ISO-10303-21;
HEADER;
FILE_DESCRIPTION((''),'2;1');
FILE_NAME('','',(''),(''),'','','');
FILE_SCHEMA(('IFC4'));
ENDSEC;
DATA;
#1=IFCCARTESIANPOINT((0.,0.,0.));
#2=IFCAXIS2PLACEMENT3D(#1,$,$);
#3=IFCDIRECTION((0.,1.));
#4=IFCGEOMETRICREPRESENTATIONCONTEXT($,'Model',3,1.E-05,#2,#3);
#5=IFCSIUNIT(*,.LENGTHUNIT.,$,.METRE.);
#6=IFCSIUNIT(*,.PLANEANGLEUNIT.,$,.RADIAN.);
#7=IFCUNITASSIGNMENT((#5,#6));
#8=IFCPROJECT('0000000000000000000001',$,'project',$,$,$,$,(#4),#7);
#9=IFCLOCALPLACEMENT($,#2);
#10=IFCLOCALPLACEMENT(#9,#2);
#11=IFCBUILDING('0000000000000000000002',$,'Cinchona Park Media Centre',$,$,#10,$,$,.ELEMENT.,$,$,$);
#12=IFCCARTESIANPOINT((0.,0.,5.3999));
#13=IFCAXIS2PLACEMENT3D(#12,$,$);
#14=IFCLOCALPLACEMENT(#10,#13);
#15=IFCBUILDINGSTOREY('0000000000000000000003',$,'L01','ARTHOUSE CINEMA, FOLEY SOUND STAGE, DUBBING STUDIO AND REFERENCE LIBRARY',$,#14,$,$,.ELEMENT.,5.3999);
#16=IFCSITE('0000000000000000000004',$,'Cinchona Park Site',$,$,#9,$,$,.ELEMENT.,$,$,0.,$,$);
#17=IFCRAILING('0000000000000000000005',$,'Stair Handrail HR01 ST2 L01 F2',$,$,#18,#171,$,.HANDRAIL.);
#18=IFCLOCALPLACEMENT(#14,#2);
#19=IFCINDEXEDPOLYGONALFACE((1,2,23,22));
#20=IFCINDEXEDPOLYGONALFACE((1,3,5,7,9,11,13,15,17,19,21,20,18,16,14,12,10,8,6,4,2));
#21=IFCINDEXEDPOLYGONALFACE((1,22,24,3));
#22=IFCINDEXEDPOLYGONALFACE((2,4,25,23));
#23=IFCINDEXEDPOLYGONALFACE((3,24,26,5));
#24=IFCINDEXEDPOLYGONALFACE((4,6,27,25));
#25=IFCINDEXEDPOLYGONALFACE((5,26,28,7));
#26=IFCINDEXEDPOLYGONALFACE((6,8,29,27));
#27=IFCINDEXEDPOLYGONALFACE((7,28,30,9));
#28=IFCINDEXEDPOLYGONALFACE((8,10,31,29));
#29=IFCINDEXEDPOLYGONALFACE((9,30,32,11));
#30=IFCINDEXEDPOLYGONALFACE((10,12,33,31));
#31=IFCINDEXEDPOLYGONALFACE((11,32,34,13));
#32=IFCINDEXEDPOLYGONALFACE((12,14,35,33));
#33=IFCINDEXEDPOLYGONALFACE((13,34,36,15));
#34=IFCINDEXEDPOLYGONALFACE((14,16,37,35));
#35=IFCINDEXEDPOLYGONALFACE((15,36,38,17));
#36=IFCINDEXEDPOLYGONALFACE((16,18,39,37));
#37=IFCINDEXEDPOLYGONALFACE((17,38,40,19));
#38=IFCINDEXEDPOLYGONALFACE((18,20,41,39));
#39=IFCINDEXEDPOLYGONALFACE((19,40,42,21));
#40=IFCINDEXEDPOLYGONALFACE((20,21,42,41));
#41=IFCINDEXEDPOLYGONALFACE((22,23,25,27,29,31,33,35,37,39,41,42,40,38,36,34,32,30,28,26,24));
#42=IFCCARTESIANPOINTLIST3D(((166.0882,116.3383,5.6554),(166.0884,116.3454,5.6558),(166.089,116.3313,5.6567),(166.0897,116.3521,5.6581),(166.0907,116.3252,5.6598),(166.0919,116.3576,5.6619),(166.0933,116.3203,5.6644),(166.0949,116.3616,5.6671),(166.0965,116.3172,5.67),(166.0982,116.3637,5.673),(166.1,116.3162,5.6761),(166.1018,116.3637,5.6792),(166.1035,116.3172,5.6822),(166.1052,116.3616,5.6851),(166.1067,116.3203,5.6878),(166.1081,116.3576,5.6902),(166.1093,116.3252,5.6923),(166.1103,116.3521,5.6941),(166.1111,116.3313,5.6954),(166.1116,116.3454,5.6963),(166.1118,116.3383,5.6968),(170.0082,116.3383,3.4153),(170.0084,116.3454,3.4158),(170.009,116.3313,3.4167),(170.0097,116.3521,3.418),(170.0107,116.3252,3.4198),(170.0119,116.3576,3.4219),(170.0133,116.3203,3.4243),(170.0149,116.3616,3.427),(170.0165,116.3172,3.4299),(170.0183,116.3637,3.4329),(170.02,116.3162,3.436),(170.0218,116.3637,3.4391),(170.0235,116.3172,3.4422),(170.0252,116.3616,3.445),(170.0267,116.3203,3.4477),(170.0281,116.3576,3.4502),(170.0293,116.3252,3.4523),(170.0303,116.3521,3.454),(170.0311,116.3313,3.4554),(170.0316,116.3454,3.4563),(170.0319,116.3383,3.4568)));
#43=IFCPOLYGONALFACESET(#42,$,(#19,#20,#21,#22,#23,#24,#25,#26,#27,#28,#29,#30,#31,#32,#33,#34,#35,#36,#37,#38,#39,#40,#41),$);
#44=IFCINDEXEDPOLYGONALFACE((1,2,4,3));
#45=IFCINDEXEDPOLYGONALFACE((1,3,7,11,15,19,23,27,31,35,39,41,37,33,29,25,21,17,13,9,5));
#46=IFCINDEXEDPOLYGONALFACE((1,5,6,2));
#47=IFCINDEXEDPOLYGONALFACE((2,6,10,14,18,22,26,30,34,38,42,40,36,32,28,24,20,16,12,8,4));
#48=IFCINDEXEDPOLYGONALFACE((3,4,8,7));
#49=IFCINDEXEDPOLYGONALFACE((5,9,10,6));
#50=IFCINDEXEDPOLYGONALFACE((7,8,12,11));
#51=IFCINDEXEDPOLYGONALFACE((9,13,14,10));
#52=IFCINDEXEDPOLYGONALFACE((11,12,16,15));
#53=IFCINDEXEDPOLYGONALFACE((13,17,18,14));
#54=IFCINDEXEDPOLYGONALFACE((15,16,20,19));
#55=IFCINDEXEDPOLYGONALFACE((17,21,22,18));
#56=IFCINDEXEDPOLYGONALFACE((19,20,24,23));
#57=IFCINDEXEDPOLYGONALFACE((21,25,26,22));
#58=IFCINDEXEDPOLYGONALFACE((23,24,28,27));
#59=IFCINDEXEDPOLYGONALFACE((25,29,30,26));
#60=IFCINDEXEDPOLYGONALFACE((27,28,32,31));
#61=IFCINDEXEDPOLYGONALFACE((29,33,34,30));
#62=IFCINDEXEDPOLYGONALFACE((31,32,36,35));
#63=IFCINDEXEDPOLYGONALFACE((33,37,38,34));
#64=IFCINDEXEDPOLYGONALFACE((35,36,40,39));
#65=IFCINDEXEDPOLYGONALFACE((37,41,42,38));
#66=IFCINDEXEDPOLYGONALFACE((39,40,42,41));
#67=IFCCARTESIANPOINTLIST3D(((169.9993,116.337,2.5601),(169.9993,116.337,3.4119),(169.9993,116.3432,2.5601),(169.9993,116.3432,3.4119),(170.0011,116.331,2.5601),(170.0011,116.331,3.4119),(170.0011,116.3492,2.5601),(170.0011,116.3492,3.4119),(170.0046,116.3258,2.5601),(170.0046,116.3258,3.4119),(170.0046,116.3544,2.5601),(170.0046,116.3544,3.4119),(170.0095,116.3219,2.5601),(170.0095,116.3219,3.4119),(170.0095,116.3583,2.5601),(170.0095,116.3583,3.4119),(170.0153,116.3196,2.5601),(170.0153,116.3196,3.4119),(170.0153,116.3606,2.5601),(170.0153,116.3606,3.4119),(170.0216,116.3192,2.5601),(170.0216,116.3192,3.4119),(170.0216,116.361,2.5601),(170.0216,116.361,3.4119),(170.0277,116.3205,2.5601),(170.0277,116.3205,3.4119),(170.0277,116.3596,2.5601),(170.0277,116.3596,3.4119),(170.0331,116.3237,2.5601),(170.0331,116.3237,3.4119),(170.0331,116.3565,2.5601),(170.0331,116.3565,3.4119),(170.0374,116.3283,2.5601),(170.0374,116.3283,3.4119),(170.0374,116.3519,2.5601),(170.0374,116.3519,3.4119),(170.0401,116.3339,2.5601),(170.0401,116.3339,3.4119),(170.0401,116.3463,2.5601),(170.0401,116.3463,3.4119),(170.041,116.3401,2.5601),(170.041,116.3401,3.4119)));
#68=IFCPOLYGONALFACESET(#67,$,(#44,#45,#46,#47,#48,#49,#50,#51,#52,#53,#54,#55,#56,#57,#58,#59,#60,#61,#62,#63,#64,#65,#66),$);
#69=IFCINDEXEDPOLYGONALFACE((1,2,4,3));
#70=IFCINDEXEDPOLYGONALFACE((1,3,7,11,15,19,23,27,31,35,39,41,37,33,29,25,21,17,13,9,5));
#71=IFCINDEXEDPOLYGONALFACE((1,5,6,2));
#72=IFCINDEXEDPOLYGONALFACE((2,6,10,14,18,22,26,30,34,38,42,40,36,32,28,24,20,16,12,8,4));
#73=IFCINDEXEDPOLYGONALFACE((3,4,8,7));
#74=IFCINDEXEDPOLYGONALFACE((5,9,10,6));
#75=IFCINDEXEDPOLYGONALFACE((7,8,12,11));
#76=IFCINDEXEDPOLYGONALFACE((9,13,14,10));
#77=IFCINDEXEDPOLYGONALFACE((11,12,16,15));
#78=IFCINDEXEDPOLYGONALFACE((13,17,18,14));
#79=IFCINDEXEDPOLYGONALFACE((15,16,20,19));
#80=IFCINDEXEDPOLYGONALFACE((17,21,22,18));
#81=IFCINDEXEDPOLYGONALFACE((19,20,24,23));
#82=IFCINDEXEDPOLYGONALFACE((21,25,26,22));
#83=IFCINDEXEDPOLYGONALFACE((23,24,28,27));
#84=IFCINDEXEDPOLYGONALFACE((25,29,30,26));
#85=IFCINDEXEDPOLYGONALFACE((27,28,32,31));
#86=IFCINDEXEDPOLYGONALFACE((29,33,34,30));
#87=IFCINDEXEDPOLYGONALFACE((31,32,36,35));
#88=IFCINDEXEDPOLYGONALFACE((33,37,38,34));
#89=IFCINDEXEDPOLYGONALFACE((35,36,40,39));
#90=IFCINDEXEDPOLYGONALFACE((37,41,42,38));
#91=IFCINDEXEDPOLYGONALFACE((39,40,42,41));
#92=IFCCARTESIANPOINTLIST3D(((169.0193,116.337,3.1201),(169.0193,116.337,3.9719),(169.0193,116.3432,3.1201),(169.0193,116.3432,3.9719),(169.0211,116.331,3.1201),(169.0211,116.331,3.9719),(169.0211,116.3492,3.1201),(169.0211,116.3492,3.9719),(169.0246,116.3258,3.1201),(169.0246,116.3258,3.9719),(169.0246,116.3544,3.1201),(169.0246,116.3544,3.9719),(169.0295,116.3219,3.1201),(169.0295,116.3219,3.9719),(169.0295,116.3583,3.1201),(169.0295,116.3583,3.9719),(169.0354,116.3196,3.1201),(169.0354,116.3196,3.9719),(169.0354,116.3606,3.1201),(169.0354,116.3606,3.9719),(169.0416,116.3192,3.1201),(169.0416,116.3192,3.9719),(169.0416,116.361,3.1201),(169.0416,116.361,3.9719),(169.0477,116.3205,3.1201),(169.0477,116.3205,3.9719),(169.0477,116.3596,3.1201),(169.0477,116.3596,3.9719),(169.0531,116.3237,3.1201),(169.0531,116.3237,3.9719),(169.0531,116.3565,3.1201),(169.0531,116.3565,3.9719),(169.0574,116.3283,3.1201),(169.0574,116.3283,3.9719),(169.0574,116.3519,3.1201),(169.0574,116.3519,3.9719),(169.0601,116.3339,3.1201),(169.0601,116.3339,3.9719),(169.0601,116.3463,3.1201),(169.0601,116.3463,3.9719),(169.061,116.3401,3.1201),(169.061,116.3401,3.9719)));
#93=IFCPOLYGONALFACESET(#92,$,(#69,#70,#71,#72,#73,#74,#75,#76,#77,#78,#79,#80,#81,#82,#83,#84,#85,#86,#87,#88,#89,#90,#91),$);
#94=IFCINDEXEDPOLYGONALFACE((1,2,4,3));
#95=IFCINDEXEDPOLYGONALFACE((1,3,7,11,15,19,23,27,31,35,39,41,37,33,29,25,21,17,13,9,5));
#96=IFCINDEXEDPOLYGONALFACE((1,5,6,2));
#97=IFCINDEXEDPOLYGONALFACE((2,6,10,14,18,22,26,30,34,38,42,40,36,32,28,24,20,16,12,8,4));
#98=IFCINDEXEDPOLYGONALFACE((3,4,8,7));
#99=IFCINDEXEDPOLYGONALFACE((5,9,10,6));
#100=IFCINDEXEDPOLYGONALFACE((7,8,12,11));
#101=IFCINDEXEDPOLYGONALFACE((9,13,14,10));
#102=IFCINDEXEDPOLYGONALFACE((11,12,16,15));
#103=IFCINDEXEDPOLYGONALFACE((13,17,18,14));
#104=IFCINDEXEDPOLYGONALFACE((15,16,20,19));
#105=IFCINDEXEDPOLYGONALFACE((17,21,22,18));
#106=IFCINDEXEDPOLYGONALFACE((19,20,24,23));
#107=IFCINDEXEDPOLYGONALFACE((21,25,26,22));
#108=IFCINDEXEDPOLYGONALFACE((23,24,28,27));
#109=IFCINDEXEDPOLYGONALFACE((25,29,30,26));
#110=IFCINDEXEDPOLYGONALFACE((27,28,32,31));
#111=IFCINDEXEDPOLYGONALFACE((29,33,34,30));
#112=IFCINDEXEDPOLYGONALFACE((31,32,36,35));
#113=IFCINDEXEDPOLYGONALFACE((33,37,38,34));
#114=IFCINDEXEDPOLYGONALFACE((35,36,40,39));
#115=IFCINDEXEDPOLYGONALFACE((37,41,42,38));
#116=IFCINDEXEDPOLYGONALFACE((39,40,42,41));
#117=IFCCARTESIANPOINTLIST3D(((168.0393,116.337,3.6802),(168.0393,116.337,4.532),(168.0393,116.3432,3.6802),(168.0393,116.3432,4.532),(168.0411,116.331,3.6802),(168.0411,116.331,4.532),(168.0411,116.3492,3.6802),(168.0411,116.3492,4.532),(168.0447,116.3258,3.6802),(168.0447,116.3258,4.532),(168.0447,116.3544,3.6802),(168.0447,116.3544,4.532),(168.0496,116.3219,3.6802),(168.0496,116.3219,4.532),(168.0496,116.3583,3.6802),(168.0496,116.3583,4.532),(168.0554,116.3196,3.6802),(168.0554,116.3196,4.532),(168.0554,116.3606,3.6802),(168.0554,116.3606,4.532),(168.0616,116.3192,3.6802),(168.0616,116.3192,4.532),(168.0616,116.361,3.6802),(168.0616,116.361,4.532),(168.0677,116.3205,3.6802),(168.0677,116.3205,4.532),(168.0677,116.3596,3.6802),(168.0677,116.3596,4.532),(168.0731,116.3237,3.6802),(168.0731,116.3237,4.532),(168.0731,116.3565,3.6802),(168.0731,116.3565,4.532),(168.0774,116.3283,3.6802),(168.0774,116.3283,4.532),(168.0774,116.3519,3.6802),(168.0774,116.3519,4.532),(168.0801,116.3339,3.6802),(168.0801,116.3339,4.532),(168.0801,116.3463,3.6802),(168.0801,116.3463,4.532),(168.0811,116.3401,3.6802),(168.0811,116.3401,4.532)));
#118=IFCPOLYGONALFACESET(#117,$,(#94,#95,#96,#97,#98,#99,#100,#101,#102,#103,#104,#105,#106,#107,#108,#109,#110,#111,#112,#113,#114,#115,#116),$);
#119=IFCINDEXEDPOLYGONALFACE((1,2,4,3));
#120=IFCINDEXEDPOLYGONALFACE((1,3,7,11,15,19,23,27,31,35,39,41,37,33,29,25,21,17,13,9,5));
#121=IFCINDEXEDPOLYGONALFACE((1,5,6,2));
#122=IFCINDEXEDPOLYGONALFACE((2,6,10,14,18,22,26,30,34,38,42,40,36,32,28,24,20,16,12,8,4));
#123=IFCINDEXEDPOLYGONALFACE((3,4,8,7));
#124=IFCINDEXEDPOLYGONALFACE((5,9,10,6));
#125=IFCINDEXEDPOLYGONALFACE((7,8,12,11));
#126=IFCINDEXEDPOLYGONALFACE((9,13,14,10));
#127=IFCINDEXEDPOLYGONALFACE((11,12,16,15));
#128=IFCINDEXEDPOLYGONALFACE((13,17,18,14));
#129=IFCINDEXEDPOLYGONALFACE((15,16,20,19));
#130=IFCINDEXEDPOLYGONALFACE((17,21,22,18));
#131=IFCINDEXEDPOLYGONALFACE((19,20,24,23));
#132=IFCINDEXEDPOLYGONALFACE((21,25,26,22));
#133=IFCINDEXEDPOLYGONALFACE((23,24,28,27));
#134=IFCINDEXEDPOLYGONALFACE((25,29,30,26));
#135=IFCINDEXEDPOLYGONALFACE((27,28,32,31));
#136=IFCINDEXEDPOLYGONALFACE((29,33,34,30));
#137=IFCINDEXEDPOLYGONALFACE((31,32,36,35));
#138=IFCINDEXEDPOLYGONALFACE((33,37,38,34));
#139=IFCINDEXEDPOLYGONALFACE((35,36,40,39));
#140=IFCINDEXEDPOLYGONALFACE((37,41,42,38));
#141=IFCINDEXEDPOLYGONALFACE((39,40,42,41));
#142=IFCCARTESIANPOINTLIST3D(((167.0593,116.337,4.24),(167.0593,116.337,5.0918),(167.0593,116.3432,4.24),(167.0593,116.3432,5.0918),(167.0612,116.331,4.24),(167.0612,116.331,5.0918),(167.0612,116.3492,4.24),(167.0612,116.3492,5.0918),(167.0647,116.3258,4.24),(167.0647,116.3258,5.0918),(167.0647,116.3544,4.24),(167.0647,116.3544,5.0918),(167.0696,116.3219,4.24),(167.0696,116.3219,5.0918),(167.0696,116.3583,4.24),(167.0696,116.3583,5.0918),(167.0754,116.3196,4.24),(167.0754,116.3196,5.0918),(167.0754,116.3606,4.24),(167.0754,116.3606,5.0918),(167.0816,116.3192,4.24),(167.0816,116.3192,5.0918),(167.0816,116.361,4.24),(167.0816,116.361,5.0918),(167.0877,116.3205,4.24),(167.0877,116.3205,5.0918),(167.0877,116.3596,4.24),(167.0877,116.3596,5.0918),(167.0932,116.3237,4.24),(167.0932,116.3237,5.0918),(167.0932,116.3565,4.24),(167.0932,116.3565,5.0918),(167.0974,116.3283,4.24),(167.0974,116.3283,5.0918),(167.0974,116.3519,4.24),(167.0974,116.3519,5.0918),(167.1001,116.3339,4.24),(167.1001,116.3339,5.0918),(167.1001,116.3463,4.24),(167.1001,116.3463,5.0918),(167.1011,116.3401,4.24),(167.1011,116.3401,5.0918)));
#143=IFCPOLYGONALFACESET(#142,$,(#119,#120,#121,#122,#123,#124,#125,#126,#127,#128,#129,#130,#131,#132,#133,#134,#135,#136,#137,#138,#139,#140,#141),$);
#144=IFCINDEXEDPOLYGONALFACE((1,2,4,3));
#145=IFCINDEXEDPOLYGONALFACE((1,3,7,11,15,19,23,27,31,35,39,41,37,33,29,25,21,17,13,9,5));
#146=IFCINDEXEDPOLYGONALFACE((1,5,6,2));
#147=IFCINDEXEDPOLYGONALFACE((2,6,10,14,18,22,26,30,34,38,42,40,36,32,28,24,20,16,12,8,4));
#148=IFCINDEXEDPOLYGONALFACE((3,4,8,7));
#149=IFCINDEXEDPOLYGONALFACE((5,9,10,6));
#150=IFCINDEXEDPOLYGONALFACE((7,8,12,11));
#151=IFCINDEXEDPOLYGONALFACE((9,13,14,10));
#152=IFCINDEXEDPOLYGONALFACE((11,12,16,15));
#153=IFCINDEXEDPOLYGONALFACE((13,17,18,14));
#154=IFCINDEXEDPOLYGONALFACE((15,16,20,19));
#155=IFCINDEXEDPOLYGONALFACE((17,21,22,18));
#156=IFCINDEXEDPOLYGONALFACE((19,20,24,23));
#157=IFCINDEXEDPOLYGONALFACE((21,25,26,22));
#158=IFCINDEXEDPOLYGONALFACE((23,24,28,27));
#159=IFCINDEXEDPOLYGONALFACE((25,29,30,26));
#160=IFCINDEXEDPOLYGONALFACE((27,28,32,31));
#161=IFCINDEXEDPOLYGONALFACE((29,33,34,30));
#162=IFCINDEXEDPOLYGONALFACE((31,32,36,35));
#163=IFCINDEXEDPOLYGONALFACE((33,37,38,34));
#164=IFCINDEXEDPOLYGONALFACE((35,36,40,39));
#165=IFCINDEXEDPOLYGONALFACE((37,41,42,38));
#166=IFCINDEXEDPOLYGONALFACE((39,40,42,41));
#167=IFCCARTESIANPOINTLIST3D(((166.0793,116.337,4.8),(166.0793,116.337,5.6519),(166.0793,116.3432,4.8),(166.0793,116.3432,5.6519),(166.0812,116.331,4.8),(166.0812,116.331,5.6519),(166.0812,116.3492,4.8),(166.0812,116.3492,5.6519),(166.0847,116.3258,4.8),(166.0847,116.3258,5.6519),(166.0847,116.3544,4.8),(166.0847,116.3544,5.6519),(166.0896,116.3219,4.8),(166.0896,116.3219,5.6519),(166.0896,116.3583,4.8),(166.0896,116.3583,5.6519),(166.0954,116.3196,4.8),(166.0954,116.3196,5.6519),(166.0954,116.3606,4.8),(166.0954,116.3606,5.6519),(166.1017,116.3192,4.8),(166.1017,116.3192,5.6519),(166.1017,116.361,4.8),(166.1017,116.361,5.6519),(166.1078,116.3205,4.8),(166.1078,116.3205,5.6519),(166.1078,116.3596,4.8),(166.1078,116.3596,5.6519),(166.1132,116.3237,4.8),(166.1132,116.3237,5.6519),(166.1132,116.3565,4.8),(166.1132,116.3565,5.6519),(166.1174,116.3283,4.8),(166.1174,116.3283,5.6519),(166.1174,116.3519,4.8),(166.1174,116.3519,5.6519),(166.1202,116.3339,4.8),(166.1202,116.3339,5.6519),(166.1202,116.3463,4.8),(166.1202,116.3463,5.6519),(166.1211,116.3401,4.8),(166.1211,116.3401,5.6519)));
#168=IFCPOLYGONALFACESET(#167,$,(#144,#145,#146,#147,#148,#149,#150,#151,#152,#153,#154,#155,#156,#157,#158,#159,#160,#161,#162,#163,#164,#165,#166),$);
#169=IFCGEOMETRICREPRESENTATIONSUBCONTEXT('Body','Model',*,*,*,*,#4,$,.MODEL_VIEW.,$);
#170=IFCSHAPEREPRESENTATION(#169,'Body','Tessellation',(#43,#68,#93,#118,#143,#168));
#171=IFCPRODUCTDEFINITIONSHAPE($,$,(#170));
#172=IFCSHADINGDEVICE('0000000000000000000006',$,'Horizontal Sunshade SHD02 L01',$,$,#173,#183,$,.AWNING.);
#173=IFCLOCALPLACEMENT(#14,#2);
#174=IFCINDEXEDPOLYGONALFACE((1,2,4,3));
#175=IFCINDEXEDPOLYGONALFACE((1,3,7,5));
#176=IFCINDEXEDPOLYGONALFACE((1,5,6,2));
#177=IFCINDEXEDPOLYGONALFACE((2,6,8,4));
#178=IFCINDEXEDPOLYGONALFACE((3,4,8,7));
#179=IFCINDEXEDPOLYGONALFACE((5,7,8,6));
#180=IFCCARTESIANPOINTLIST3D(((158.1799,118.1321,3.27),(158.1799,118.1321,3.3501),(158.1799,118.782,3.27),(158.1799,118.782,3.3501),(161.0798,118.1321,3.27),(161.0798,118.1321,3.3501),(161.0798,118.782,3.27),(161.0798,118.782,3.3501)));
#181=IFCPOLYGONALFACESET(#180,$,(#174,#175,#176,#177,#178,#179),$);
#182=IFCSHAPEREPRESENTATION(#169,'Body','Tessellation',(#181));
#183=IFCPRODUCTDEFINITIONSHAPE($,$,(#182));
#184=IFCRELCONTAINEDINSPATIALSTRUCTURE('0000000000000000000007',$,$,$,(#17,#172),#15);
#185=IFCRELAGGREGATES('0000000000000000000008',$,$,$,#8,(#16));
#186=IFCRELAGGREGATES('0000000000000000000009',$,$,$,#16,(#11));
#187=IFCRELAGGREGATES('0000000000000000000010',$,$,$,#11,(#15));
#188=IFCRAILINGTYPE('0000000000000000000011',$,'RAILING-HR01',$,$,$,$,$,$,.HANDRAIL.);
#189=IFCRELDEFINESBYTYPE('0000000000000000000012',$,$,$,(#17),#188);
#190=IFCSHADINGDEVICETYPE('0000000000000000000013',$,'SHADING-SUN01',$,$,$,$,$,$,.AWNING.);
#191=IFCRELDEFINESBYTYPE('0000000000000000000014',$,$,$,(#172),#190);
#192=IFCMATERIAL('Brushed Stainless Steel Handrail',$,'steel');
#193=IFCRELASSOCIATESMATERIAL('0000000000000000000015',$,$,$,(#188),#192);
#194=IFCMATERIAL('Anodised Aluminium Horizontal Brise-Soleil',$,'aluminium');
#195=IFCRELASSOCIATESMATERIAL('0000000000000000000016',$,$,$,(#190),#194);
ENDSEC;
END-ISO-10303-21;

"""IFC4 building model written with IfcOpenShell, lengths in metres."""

from ifc_helpers import new_model, si_unit, direction, frame, origin, origin_2d, place, context, subcontext, project, spatial, rectangle, circle, extrude, material, type_object, element, save


model = new_model("IFC4")

# Units and contexts
model_context = context("Model", 3, precision=1e-05, world=origin(), true_north=direction((0.0, 1.0)))
body_context = subcontext(model_context, "Body", "Model", "MODEL_VIEW")
ifc_project = project(units=[si_unit("LENGTHUNIT", "METRE"), si_unit("PLANEANGLEUNIT", "RADIAN")], contexts=[model_context])

# Site, building, storey
site_placement = place(None, origin())
site = spatial("IfcSite", under=ifc_project, at=site_placement, Name="Cinchona Park Site", CompositionType="ELEMENT", RefElevation=0.0)
building_placement = place(site_placement, origin())
building = spatial("IfcBuilding", under=site, at=building_placement, Name="Cinchona Park Media Centre", CompositionType="ELEMENT")
storey_placement = place(building_placement, frame((0.0, 0.0, 5.3999)))
storey = spatial("IfcBuildingStorey", under=building, at=storey_placement, Name="L01", Description="ARTHOUSE CINEMA, FOLEY SOUND STAGE, DUBBING STUDIO AND REFERENCE LIBRARY", CompositionType="ELEMENT", Elevation=5.3999)

# Railing
ifc_material_1 = material(Name="Brushed Stainless Steel Handrail", Category="steel")
railing_type_1 = type_object("IfcRailingType", Name="RAILING-HR01", PredefinedType="HANDRAIL", material=ifc_material_1)
railing_1_placement = place(storey_placement, frame((170.02, 116.3401, 2.5601)))
element("IfcRailing", 1, at=railing_1_placement, inside=storey, type_object=railing_type_1, Name="Stair Handrail HR01 ST2 L01 F2", PredefinedType="HANDRAIL", context=body_context, shape_type="SweptSolid", body=[
    extrude(circle(Radius=0.0239, at=origin_2d()), frame((0.0, 0.0, 0.876), z_axis=(-0.86824, 0.0, 0.496145), x_axis=(0.0, -1.0, 0.0)), (0.0, 0.0, 1.0), 4.5149),
    extrude(circle(Radius=0.021, at=origin_2d()), origin(), (0.0, 0.0, 1.0), 0.8518),
    extrude(circle(Radius=0.021, at=origin_2d()), frame((-0.98, 0.0, 0.5601)), (0.0, 0.0, 1.0), 0.8518),
    extrude(circle(Radius=0.021, at=origin_2d()), frame((-1.96, 0.0, 1.1201)), (0.0, 0.0, 1.0), 0.8518),
    extrude(circle(Radius=0.021, at=origin_2d()), frame((-2.9399, 0.0, 1.6799)), (0.0, 0.0, 1.0), 0.8518),
    extrude(circle(Radius=0.021, at=origin_2d()), frame((-3.9199, 0.0, 2.24)), (0.0, 0.0, 1.0), 0.8518),
])

# Shading device
ifc_material_2 = material(Name="Anodised Aluminium Horizontal Brise-Soleil", Category="aluminium")
shading_device_type = type_object("IfcShadingDeviceType", Name="SHADING-SUN01", PredefinedType="AWNING", material=ifc_material_2)
shading_device_placement = place(storey_placement, frame((159.6299, 118.457, 3.27), z_axis=(0.0, 0.0, 1.0), x_axis=(1.0, 0.0, 0.0)))
element("IfcShadingDevice", 2, at=shading_device_placement, inside=storey, type_object=shading_device_type, Name="Horizontal Sunshade SHD02 L01", PredefinedType="AWNING", context=body_context, shape_type="SweptSolid", body=[
    extrude(rectangle(XDim=2.8999, YDim=0.6499, at=origin_2d()), origin(), (0.0, 0.0, 1.0), 0.0801),
])

save(model, "model.ifc")
